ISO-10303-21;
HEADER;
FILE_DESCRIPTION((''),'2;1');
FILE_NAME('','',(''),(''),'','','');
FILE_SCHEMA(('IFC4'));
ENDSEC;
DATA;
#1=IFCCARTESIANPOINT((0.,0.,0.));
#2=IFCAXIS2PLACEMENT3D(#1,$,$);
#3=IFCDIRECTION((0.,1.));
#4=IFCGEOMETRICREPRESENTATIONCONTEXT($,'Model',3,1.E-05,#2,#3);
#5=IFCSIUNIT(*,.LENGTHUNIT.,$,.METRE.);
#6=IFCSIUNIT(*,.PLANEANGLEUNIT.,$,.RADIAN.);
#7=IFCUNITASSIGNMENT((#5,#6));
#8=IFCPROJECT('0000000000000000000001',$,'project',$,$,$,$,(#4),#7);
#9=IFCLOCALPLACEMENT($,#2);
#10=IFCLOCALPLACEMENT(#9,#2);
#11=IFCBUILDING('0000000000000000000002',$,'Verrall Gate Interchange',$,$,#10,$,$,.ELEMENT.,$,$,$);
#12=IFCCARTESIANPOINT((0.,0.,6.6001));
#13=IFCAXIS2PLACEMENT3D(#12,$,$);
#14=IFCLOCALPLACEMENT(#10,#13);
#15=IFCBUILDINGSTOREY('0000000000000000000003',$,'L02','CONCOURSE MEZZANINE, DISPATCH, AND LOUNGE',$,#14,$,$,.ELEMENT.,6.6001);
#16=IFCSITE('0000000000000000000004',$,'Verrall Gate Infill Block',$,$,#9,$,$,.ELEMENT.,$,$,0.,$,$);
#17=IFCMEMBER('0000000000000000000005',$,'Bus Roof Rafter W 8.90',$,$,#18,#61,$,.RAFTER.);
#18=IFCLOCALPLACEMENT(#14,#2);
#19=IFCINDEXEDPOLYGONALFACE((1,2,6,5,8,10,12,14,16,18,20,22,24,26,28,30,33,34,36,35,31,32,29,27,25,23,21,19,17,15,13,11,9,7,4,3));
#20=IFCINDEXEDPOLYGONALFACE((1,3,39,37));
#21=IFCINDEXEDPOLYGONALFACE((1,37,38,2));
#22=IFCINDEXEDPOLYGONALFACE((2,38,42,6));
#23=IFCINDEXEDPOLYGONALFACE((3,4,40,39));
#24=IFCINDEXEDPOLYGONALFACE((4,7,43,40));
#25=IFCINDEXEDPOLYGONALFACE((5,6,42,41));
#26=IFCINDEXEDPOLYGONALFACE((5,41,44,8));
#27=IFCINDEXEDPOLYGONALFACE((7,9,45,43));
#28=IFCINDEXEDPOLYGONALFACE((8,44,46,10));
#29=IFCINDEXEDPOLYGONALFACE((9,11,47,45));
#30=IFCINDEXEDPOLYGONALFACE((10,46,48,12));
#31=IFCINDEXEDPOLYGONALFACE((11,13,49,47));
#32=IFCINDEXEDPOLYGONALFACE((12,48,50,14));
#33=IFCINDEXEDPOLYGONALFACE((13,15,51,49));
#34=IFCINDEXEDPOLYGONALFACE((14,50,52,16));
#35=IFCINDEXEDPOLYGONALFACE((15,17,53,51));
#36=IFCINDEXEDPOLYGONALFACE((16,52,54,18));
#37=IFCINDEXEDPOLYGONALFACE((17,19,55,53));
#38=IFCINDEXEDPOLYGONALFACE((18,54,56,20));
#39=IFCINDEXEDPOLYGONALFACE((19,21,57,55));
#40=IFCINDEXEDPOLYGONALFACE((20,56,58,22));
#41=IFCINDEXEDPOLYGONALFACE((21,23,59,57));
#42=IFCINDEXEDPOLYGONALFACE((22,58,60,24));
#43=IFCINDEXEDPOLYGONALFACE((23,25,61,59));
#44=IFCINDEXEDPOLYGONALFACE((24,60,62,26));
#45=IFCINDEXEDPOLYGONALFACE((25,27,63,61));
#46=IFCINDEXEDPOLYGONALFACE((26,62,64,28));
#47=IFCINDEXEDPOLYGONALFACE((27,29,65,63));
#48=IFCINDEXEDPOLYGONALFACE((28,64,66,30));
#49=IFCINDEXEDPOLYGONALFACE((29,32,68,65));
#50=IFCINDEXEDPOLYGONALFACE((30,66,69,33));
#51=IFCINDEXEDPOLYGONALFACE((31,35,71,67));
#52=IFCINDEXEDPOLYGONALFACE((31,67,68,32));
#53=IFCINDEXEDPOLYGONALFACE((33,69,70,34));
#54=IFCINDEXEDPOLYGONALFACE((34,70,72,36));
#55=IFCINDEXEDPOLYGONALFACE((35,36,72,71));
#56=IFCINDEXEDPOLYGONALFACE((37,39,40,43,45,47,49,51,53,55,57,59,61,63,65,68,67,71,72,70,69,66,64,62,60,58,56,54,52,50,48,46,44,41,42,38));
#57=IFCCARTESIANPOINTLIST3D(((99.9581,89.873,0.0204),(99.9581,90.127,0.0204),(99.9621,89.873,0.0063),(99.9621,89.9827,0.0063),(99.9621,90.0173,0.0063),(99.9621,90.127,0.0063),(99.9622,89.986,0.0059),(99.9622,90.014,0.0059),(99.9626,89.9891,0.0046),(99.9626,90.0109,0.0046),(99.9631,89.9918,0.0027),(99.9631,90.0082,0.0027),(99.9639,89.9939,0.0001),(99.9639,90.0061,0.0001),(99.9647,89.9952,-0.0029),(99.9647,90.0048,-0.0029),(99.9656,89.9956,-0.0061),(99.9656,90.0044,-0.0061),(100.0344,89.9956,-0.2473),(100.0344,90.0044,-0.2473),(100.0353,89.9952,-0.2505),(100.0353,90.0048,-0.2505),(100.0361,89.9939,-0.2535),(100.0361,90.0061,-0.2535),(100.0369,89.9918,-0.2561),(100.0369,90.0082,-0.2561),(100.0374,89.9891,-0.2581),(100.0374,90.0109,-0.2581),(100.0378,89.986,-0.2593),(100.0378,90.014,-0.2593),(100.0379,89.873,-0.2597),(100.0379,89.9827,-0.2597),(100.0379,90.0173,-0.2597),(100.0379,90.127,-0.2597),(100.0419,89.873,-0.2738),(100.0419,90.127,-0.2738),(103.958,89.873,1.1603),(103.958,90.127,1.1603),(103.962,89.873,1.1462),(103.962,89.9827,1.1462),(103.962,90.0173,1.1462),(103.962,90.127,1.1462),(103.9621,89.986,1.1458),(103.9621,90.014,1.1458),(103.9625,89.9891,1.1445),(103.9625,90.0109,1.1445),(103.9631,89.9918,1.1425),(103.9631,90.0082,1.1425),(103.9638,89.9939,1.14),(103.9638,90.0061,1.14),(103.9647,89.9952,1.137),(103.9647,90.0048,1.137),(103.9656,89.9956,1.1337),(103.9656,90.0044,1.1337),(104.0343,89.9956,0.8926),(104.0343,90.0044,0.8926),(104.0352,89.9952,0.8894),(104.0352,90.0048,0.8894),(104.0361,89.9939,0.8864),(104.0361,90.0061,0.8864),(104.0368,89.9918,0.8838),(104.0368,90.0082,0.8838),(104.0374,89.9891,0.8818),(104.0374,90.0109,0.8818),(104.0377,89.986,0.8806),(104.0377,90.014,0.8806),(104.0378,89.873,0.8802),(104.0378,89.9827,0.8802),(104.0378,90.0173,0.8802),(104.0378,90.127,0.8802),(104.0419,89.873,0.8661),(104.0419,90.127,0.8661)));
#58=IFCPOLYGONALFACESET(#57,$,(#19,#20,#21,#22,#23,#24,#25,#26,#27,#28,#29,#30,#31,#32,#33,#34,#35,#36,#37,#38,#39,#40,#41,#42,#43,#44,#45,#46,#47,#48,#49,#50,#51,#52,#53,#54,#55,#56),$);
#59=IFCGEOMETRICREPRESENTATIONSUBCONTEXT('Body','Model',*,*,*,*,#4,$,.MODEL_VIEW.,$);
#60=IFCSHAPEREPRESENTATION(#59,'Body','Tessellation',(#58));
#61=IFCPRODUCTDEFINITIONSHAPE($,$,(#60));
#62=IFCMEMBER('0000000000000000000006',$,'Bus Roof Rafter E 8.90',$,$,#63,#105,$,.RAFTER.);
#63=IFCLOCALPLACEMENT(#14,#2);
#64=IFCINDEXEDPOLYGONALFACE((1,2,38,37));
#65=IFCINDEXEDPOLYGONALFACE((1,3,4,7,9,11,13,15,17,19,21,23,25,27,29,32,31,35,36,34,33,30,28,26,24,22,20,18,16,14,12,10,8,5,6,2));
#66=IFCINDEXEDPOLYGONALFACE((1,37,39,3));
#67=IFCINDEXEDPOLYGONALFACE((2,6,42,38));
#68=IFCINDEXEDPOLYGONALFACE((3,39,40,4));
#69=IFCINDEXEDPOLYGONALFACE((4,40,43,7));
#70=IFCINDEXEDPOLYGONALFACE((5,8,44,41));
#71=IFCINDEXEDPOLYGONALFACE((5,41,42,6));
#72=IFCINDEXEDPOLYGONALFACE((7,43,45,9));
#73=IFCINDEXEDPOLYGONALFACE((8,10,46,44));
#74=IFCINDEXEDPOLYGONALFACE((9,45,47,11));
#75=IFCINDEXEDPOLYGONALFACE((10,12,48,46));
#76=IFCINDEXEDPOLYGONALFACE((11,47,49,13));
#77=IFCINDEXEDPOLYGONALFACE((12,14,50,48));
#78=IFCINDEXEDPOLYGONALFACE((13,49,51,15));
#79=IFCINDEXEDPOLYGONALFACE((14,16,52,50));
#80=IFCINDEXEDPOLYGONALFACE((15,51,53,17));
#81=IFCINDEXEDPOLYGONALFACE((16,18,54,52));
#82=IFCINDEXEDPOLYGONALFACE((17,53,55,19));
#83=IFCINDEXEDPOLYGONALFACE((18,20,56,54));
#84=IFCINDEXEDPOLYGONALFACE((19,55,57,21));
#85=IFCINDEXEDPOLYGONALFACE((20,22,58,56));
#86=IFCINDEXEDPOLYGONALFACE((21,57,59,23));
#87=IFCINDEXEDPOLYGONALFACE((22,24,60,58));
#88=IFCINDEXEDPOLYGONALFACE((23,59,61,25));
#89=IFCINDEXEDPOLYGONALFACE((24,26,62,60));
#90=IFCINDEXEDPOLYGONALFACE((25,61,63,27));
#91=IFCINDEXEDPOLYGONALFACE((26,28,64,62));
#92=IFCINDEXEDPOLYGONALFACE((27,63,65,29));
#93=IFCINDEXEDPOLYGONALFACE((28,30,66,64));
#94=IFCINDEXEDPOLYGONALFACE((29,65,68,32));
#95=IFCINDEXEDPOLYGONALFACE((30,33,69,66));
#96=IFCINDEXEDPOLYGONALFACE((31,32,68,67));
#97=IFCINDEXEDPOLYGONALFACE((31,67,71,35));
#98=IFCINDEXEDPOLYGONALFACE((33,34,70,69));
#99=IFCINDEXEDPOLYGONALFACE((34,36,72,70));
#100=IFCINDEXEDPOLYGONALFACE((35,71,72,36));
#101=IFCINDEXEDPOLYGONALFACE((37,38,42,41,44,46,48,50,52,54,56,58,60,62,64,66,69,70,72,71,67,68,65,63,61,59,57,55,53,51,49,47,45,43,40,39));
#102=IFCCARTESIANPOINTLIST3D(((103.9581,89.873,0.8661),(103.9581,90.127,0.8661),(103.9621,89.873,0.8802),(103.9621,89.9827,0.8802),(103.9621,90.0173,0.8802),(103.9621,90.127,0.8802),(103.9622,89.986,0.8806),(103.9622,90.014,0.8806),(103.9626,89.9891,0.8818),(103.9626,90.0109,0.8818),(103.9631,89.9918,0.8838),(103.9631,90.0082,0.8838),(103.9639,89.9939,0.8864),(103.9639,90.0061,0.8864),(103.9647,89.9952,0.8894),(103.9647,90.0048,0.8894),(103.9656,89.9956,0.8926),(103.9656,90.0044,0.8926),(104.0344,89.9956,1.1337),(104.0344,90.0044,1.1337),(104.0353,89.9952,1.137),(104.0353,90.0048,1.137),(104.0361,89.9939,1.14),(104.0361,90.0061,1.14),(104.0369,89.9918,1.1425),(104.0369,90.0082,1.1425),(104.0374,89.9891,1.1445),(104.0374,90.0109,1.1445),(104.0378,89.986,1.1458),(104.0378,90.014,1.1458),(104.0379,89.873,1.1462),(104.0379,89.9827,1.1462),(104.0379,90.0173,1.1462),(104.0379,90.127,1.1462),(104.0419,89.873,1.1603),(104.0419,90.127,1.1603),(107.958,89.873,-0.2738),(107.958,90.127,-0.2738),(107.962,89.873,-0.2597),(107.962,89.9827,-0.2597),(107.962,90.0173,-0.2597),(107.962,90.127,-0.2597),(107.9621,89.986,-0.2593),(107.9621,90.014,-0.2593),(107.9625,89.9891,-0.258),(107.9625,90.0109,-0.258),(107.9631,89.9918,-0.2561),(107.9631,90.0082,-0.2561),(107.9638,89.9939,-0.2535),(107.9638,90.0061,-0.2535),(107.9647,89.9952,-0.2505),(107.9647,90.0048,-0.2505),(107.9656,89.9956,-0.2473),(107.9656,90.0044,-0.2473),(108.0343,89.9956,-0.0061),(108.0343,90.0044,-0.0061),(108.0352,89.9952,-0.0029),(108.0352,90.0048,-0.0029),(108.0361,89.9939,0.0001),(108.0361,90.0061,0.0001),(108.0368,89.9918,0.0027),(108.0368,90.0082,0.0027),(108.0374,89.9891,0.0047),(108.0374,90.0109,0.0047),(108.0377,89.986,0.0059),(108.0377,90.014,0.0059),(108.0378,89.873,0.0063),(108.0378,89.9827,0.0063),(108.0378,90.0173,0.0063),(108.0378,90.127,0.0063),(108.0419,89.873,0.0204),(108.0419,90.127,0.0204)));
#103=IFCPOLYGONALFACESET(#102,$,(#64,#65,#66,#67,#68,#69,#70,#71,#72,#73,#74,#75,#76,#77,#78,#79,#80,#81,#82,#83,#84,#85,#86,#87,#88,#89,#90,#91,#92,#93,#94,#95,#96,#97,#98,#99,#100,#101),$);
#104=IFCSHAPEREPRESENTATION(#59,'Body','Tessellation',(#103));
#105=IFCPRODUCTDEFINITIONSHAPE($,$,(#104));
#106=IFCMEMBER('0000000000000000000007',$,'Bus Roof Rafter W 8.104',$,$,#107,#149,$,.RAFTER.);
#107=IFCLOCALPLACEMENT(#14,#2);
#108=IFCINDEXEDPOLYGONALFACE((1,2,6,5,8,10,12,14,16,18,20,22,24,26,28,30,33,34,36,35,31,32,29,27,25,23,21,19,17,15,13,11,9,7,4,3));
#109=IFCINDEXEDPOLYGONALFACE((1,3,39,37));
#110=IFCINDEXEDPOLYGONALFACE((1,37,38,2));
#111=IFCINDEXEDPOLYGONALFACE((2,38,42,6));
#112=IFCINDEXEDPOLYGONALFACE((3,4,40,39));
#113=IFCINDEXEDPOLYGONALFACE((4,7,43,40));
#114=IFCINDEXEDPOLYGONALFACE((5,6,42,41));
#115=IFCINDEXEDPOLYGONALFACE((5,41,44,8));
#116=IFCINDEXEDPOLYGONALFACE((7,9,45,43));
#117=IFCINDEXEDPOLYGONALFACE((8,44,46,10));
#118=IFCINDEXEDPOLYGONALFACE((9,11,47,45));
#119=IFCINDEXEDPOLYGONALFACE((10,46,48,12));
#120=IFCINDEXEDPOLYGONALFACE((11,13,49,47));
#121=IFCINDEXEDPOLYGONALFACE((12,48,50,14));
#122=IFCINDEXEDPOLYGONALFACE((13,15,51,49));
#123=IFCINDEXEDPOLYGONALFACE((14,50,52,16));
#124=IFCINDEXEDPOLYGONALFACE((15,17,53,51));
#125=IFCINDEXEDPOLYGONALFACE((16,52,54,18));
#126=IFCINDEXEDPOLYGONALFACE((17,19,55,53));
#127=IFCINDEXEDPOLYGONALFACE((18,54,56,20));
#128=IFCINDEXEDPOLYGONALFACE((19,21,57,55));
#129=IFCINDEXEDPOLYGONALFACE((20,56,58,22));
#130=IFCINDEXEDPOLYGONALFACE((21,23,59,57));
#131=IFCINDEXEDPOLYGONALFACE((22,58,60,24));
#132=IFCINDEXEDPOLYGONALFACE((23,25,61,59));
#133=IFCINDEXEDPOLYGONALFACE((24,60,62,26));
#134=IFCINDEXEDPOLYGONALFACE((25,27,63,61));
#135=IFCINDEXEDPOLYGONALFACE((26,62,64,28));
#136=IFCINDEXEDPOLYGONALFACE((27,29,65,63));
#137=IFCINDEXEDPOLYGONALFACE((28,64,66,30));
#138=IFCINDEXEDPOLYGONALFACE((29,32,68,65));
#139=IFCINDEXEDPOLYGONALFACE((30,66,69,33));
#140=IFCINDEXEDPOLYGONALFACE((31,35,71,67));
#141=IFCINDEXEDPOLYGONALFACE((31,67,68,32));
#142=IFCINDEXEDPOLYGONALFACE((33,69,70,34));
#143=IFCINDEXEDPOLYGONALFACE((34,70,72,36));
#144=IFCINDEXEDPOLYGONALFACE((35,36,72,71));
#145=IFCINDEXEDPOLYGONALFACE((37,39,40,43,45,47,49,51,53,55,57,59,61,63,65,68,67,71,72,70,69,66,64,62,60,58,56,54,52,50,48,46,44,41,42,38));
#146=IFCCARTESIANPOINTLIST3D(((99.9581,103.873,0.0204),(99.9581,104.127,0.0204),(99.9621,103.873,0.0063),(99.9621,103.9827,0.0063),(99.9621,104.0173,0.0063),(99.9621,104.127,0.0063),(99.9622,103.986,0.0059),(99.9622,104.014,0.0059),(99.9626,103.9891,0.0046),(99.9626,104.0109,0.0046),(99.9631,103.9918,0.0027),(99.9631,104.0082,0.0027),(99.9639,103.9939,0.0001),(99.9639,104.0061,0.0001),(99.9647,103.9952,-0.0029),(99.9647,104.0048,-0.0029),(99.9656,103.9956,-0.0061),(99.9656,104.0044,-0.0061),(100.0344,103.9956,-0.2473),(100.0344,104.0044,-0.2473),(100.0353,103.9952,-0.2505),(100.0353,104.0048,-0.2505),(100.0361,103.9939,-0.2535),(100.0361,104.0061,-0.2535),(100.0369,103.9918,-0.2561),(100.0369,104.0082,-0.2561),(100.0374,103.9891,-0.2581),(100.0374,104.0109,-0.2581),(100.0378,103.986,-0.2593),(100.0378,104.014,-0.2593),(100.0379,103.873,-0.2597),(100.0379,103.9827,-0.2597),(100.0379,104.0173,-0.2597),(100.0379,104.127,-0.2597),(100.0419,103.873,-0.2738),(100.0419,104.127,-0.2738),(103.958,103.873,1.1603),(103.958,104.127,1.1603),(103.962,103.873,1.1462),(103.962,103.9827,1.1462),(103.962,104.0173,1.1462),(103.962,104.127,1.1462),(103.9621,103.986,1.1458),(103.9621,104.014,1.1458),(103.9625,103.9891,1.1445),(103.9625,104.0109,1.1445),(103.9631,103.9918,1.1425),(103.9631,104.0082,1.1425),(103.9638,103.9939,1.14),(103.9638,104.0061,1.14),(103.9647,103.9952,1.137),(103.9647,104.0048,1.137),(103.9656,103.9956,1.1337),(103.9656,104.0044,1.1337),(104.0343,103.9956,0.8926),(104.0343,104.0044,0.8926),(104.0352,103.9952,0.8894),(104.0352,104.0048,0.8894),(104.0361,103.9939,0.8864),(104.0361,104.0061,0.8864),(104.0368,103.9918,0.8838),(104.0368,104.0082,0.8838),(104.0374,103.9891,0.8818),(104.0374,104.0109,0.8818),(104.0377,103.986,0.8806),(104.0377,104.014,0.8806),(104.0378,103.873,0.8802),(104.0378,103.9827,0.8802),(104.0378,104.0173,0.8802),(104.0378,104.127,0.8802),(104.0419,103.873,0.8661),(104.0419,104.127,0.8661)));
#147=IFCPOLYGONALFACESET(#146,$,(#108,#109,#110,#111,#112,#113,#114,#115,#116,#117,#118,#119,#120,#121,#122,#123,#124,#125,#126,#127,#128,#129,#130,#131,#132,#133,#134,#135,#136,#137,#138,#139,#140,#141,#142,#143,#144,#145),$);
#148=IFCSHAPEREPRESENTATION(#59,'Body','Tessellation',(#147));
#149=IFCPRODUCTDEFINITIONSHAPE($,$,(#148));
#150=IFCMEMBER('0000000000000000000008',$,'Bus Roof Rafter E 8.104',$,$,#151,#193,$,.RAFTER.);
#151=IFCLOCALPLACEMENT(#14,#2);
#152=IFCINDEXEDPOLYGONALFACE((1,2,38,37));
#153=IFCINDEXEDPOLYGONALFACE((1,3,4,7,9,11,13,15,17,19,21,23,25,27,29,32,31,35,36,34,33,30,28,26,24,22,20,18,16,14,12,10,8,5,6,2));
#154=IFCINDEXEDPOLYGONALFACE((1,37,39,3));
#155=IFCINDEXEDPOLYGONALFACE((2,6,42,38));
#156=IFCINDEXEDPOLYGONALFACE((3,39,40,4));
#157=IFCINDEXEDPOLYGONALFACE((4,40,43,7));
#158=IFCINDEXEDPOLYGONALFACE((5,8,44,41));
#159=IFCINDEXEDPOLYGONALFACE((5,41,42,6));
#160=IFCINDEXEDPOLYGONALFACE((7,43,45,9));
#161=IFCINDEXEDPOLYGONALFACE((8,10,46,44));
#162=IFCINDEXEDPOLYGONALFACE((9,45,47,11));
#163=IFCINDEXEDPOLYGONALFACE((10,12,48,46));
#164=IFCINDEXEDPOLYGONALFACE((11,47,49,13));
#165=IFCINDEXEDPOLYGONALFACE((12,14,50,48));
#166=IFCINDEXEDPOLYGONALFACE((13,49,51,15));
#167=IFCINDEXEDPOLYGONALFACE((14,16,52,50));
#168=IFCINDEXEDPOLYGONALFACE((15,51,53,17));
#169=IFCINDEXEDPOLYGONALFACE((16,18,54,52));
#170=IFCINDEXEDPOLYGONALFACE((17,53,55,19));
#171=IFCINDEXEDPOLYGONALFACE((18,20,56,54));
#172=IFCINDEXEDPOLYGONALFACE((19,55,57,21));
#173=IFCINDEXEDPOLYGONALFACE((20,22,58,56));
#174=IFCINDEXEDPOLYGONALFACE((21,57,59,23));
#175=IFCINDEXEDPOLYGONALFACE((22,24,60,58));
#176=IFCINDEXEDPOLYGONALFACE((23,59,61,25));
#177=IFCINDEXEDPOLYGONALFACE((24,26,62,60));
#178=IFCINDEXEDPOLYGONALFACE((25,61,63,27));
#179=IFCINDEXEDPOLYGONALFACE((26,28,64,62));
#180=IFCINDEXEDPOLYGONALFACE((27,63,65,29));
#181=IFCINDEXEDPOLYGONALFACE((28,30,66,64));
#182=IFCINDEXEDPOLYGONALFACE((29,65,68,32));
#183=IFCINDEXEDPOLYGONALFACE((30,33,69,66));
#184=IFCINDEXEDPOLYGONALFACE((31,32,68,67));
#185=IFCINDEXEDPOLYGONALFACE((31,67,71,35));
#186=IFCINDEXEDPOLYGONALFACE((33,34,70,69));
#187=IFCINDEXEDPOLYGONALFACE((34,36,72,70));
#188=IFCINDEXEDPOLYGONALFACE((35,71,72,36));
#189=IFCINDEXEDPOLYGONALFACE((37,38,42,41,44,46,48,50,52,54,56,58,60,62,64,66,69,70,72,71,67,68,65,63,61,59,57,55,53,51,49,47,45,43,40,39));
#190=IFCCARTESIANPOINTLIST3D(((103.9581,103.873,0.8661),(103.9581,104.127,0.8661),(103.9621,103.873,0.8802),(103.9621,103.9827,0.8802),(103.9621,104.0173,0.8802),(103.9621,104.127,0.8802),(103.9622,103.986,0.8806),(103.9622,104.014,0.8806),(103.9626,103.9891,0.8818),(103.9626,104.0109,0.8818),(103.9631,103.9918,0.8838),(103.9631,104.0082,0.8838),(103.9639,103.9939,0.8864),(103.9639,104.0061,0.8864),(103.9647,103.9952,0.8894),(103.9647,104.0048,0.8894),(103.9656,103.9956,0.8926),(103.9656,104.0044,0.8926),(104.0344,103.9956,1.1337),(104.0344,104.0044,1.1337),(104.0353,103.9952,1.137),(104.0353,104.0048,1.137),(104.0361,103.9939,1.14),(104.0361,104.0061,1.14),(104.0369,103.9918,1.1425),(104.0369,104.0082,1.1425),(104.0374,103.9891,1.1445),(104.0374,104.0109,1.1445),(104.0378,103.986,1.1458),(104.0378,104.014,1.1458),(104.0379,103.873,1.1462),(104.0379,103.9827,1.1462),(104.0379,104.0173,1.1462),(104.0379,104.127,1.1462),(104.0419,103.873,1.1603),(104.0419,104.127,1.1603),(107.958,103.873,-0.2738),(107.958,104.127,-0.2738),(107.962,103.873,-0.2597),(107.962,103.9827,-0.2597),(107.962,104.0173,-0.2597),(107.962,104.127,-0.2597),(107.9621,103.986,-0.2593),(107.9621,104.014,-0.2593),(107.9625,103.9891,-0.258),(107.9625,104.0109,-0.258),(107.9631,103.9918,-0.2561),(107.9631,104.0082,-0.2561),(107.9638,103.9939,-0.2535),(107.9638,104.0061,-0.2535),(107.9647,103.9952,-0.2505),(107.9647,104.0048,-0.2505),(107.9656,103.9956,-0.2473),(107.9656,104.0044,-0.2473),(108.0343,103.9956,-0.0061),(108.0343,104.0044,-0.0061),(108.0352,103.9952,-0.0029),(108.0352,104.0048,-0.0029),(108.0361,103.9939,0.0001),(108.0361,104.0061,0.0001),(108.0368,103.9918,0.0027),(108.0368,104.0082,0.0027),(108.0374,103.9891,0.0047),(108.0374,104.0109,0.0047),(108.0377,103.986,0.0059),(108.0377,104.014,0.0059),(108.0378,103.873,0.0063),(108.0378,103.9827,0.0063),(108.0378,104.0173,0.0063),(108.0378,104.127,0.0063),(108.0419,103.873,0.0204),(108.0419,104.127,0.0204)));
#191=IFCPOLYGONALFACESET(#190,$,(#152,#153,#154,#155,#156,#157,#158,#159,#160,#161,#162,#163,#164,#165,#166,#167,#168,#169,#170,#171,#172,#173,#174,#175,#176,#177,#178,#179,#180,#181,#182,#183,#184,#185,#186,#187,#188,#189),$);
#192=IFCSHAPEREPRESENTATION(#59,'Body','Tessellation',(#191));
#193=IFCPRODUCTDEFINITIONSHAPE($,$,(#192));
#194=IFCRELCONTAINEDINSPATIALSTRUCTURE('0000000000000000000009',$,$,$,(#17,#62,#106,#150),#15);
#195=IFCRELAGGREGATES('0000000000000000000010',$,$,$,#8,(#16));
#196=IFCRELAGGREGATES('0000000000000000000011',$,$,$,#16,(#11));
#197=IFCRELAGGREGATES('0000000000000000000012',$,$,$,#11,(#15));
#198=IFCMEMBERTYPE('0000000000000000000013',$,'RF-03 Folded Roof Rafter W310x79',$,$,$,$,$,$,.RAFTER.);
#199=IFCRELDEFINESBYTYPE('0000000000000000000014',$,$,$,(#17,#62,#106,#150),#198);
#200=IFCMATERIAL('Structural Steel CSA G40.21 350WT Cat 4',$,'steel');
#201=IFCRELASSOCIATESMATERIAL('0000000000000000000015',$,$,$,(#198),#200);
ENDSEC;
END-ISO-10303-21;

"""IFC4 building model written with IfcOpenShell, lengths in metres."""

from ifc_helpers import new_model, si_unit, direction, frame, origin, origin_2d, place, context, subcontext, project, spatial, i_section, extrude, material, material_profile, profile_set, type_object, element, save


model = new_model("IFC4")

# Units and contexts
model_context = context("Model", 3, precision=1e-05, world=origin(), true_north=direction((0.0, 1.0)))
body_context = subcontext(model_context, "Body", "Model", "MODEL_VIEW")
ifc_project = project(units=[si_unit("LENGTHUNIT", "METRE"), si_unit("PLANEANGLEUNIT", "RADIAN")], contexts=[model_context])

# Site, building, storey
site_placement = place(None, origin())
site = spatial("IfcSite", under=ifc_project, at=site_placement, Name="Verrall Gate Infill Block", CompositionType="ELEMENT", RefElevation=0.0)
building_placement = place(site_placement, origin())
building = spatial("IfcBuilding", under=site, at=building_placement, Name="Verrall Gate Interchange", CompositionType="ELEMENT")
storey_placement = place(building_placement, frame((0.0, 0.0, 6.6001)))
storey = spatial("IfcBuildingStorey", under=building, at=storey_placement, Name="L02", Description="CONCOURSE MEZZANINE, DISPATCH, AND LOUNGE", CompositionType="ELEMENT", Elevation=6.6001)

# Members
ifc_material_1 = material(Name="Structural Steel CSA G40.21 350WT Cat 4", Category="steel")
ifc_material_profile_1 = material_profile(ifc_material_1, i_section(OverallWidth=0.2539, OverallDepth=0.3059, WebThickness=0.0088, FlangeThickness=0.0146, FilletRadius=0.0129, at=origin_2d()), Name="W310x79")
ifc_profile_set_1 = profile_set([ifc_material_profile_1], Name="Structural Steel CSA G40.21 350WT Cat 4")
member_type_1 = type_object("IfcMemberType", Name="RF-03 Folded Roof Rafter W310x79", PredefinedType="RAFTER", material=ifc_profile_set_1)
for number, where, z_axis, x_axis, name in (
    (1, (100.0, 90.0, -0.1267), (0.961712, 0.0, 0.274062), (0.0, 1.0, 0.0), "Bus Roof Rafter W 8.90"),
    (2, (104.0, 90.0, 1.0132), (0.961712, 0.0, -0.274062), (0.0, 1.0, 0.0), "Bus Roof Rafter E 8.90"),
    (3, (100.0, 104.0, -0.1267), (0.961712, 0.0, 0.274062), (0.0, 1.0, 0.0), "Bus Roof Rafter W 8.104"),
    (4, (104.0, 104.0, 1.0132), (0.961712, 0.0, -0.274062), (0.0, 1.0, 0.0), "Bus Roof Rafter E 8.104"),
):
    element("IfcMember", number, at=place(storey_placement, frame(where, z_axis=z_axis, x_axis=x_axis)), inside=storey, type_object=member_type_1, Name=name, PredefinedType="RAFTER", context=body_context, shape_type="SweptSolid", body=[
        extrude(i_section(OverallWidth=0.2539, OverallDepth=0.3059, WebThickness=0.0088, FlangeThickness=0.0146, FilletRadius=0.0129, at=origin_2d()), origin(), (0.0, 0.0, 1.0), 4.1592),
    ])

save(model, "model.ifc")
